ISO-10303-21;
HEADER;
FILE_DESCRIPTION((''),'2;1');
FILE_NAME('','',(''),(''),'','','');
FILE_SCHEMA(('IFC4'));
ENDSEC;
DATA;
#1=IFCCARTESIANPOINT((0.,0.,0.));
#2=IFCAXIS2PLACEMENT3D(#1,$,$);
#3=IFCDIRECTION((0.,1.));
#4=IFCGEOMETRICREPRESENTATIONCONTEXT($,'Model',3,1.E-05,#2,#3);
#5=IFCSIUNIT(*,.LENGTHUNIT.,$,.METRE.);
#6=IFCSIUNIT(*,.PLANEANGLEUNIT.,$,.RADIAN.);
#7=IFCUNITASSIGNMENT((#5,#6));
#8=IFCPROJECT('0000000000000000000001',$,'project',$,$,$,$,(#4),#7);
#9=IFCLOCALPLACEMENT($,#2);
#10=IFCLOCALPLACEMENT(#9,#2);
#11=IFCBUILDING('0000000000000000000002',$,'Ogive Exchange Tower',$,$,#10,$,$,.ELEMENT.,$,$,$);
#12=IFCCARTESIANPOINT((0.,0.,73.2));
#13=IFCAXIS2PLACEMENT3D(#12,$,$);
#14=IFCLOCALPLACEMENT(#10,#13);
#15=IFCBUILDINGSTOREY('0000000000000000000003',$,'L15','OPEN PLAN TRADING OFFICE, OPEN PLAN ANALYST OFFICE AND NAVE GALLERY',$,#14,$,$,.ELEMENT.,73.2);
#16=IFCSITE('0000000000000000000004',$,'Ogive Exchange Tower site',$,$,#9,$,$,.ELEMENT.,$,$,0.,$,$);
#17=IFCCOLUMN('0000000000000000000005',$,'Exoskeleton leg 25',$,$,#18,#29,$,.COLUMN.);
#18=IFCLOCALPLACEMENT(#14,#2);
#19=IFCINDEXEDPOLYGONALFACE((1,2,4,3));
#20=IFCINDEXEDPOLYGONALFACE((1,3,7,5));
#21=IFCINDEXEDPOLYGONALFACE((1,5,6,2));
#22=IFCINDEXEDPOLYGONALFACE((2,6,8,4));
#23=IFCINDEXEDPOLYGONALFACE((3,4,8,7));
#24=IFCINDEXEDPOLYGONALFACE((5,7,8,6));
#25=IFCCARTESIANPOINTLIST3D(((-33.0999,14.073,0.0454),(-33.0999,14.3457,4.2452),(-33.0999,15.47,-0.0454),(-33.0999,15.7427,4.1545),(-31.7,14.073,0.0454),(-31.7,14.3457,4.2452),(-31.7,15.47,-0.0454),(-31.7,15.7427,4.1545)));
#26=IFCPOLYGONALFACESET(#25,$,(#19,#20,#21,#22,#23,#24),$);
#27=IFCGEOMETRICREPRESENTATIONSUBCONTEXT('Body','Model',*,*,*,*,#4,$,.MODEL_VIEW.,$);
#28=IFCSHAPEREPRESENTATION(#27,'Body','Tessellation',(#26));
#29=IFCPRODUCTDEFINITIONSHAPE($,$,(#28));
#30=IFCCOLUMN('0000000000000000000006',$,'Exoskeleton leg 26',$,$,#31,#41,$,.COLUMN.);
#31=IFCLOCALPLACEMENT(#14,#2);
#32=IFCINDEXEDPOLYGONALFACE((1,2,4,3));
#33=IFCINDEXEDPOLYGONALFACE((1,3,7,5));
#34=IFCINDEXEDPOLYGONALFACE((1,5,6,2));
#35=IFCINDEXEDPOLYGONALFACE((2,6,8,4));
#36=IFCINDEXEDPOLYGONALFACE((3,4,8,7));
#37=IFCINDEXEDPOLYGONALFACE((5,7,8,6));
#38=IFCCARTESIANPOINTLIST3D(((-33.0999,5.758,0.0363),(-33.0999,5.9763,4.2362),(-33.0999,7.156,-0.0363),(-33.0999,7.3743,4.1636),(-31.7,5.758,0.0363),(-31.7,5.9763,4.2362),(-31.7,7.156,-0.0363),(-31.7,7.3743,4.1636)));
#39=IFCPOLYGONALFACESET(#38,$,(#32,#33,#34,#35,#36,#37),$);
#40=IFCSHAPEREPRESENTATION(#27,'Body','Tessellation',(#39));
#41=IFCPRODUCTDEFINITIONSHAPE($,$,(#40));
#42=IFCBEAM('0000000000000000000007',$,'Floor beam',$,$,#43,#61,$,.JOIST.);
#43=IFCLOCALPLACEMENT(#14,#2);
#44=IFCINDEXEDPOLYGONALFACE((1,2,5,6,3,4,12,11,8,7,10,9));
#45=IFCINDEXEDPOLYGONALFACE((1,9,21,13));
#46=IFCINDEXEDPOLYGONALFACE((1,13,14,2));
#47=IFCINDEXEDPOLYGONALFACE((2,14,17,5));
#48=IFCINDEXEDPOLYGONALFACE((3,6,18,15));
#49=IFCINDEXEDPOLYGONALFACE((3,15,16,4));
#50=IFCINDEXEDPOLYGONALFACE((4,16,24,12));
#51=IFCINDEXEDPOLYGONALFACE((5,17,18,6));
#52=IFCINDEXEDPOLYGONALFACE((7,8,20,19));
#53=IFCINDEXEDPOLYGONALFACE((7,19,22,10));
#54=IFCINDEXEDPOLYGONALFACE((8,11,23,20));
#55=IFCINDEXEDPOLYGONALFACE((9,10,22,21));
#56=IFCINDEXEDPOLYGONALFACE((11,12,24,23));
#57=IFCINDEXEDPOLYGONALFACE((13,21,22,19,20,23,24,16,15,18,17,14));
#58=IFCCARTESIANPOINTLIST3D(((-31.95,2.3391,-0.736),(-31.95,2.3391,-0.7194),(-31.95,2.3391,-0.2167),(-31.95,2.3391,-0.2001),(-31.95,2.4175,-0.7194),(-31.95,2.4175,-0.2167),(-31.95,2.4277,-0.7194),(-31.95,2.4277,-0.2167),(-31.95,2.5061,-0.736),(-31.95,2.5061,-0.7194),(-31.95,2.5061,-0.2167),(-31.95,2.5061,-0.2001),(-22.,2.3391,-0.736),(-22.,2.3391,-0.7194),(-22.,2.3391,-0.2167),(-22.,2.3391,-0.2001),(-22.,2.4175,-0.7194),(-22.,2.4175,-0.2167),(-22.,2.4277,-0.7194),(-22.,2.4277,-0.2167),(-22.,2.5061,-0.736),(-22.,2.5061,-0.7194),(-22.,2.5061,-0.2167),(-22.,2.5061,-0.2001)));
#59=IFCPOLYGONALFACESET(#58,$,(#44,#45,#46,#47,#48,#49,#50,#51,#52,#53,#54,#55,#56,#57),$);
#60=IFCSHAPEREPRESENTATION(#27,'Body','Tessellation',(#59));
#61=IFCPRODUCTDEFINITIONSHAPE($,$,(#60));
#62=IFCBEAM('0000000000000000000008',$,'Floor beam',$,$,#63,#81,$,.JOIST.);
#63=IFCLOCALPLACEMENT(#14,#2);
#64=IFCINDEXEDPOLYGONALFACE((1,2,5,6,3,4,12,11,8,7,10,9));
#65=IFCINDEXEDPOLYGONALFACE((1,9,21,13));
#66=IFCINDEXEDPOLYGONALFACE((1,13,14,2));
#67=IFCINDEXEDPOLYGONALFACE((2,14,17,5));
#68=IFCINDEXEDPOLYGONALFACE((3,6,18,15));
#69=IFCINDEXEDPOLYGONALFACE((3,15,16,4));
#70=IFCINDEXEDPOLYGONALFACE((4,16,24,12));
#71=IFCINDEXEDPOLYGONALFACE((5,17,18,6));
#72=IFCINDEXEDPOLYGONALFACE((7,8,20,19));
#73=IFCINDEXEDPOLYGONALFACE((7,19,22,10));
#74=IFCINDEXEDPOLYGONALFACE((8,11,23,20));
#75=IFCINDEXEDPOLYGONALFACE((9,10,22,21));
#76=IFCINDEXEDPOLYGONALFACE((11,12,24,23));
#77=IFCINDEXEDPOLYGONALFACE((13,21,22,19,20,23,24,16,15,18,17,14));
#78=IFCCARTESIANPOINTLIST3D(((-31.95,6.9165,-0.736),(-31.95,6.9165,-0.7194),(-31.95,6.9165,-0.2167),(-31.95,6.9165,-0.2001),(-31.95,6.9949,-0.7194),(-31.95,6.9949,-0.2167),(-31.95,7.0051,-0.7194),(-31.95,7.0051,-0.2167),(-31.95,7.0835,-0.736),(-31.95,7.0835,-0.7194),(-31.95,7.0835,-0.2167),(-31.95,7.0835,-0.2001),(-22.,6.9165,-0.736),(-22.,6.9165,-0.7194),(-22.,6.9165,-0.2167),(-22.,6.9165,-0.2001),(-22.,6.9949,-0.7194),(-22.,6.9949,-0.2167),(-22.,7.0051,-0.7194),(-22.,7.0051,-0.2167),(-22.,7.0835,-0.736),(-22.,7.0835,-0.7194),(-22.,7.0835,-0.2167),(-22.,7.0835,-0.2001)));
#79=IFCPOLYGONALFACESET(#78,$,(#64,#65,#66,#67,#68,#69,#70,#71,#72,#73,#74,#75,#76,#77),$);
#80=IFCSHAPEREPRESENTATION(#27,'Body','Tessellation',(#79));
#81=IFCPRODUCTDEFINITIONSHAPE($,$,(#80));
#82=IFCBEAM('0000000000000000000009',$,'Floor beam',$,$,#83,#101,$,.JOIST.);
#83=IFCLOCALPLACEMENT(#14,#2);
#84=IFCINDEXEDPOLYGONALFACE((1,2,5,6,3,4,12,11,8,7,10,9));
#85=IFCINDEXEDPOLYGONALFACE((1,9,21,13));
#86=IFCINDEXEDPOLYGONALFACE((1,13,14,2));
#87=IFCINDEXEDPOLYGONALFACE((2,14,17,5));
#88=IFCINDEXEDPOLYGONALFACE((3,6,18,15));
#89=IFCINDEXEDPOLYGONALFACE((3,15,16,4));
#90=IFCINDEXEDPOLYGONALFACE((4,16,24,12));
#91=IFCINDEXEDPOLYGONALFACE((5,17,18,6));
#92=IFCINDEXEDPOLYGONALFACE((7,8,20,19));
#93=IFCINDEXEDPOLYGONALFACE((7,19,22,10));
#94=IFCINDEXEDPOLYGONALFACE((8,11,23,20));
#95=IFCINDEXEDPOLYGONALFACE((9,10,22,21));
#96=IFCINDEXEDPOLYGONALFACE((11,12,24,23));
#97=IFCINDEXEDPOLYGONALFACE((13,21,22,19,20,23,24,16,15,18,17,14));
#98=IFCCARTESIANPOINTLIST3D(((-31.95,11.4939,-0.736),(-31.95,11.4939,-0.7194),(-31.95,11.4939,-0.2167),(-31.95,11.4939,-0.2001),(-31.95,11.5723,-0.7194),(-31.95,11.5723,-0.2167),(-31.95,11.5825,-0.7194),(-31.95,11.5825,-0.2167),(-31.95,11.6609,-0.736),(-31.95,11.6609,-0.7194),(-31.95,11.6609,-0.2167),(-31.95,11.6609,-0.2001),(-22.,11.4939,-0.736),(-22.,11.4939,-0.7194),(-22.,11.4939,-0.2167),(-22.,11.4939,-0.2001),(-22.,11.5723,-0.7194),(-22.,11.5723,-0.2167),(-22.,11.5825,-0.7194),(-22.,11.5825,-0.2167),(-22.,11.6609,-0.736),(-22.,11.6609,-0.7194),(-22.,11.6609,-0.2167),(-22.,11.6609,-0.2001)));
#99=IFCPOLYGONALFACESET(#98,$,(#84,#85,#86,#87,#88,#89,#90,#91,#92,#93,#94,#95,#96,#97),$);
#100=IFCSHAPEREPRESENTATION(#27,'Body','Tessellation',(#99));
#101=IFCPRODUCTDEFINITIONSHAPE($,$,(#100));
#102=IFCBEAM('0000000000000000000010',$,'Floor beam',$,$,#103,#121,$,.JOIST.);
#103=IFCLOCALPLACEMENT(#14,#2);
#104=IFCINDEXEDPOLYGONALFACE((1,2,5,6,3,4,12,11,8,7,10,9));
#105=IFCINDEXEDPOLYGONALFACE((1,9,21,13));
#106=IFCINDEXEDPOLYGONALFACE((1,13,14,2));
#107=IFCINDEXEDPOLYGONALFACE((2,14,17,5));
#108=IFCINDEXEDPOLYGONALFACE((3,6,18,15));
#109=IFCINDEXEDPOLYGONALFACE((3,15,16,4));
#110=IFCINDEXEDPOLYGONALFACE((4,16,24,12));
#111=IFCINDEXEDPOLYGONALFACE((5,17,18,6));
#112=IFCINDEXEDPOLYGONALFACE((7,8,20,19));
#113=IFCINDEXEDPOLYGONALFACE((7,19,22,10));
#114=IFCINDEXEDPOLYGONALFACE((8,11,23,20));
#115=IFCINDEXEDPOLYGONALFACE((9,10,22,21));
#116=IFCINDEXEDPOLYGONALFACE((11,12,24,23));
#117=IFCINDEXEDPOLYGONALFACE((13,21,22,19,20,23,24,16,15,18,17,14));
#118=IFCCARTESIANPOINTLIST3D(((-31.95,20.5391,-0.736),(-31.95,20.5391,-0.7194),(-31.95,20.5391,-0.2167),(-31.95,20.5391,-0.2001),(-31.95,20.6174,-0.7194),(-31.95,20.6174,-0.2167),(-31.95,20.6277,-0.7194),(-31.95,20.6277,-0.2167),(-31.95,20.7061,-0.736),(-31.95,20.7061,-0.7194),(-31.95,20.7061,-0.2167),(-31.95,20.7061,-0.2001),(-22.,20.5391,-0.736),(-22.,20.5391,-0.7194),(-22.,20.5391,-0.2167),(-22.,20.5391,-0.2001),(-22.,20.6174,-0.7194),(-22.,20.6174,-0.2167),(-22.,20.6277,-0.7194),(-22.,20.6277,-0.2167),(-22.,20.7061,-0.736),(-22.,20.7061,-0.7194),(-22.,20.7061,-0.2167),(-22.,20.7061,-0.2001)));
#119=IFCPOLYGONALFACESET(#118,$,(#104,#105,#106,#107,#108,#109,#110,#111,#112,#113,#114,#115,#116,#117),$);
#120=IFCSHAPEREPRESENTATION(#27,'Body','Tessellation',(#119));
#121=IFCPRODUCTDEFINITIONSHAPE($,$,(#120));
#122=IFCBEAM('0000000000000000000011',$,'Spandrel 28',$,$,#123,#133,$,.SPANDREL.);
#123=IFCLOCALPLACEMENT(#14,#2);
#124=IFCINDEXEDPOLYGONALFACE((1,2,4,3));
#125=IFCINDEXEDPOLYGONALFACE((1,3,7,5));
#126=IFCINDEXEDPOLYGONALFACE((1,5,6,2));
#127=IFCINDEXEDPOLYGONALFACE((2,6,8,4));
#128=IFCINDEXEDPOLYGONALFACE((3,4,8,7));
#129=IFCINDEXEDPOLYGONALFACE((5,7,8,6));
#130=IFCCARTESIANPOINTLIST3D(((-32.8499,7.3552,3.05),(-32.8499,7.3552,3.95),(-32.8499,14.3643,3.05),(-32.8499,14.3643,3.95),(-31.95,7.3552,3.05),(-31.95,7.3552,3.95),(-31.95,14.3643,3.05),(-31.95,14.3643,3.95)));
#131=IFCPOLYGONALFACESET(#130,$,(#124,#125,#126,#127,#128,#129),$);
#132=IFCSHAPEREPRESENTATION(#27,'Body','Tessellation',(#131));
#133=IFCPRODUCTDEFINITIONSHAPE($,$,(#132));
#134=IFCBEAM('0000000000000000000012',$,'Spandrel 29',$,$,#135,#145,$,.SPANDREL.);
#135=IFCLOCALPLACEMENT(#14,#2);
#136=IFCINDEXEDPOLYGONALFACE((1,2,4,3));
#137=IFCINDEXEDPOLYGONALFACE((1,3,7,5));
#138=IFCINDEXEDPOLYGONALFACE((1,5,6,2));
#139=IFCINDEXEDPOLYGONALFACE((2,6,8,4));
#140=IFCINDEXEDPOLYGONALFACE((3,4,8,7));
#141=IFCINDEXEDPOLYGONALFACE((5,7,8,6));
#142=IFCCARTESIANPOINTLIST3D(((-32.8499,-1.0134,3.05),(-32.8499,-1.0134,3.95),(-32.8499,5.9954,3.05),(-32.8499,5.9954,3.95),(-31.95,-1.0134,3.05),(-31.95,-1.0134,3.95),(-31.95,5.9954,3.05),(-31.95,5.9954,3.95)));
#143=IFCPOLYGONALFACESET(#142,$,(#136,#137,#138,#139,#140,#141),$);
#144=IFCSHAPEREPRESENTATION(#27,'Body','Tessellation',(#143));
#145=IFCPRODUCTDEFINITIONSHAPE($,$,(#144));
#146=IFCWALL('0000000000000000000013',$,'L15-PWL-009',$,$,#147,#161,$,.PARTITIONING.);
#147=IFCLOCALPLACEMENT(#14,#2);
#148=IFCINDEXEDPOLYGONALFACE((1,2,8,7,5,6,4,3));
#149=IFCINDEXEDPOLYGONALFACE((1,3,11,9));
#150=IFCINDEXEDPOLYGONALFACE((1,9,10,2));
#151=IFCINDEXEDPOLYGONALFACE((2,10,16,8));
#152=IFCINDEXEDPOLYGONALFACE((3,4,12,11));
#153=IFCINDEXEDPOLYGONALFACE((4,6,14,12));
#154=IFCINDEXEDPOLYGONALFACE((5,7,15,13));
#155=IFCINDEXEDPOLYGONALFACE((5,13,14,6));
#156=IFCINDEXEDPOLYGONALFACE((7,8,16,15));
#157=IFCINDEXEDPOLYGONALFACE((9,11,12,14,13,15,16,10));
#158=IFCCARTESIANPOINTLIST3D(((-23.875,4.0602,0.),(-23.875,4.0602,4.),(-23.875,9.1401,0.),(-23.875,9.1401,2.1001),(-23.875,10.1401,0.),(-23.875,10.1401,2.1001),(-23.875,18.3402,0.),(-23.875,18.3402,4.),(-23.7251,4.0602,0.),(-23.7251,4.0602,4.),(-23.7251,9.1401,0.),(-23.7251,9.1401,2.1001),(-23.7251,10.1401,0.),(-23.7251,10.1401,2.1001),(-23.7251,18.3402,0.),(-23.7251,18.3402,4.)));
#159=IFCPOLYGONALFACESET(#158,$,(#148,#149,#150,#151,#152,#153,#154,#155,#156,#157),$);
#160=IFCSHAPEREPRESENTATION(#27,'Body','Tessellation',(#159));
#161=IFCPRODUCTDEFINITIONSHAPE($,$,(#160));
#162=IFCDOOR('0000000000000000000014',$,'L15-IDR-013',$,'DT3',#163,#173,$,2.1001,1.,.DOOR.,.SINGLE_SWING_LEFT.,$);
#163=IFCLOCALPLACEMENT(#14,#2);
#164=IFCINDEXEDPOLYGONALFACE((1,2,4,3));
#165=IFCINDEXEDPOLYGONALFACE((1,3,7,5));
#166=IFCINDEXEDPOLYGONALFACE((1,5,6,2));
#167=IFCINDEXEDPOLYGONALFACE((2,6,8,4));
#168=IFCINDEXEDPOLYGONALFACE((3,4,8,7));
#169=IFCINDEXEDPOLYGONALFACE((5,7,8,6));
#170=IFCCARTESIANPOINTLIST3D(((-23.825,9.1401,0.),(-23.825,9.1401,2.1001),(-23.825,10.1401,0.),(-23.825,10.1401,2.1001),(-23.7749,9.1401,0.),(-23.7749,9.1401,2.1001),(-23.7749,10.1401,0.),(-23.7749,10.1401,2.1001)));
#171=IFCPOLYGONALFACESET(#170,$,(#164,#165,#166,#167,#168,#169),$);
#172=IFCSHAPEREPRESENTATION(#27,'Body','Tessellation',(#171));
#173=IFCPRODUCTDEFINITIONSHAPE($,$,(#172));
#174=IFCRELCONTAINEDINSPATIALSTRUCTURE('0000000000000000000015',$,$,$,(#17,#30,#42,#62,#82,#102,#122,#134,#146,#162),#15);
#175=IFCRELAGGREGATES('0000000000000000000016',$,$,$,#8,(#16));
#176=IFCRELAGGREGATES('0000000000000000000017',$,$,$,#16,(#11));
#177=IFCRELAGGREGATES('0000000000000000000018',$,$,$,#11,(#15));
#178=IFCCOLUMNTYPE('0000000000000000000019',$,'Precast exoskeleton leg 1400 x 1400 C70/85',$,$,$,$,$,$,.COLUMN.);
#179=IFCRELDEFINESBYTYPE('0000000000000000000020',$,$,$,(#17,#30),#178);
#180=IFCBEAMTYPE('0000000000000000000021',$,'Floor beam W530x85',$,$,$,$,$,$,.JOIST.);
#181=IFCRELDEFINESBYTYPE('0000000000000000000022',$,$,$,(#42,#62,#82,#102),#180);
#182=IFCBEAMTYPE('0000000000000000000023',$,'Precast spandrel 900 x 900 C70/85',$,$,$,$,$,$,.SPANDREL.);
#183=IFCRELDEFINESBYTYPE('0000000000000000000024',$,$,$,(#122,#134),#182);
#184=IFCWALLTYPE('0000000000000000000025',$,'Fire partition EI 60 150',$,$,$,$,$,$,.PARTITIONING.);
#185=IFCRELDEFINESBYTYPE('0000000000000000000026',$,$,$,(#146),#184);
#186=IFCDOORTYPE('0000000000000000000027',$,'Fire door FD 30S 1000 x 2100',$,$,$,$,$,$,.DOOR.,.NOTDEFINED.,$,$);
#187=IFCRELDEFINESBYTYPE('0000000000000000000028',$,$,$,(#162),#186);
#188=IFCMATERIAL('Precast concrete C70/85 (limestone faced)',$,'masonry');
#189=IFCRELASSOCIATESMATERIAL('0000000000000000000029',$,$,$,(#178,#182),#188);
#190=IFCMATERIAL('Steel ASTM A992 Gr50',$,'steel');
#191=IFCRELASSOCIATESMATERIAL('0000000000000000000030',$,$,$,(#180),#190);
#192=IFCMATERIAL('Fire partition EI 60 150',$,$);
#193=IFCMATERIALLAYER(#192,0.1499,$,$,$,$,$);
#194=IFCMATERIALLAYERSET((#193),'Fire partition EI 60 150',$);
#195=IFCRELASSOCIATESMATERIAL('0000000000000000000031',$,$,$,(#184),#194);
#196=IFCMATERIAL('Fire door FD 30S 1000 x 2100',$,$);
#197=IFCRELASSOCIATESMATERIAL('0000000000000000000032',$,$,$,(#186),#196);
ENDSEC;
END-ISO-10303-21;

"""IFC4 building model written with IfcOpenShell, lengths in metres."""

from ifc_helpers import new_model, si_unit, direction, frame, frame_2d, origin, origin_2d, place, context, subcontext, project, spatial, rectangle, i_section, extrude, material, layer, layer_set, material_profile, profile_set, type_object, element, fill, save


model = new_model("IFC4")

# Units and contexts
model_context = context("Model", 3, precision=1e-05, world=origin(), true_north=direction((0.0, 1.0)))
body_context = subcontext(model_context, "Body", "Model", "MODEL_VIEW")
ifc_project = project(units=[si_unit("LENGTHUNIT", "METRE"), si_unit("PLANEANGLEUNIT", "RADIAN")], contexts=[model_context])

# Site, building, storey
site_placement = place(None, origin())
site = spatial("IfcSite", under=ifc_project, at=site_placement, Name="Ogive Exchange Tower site", CompositionType="ELEMENT", RefElevation=0.0)
building_placement = place(site_placement, origin())
building = spatial("IfcBuilding", under=site, at=building_placement, Name="Ogive Exchange Tower", CompositionType="ELEMENT")
storey_placement = place(building_placement, frame((0.0, 0.0, 73.2)))
storey = spatial("IfcBuildingStorey", under=building, at=storey_placement, Name="L15", Description="OPEN PLAN TRADING OFFICE, OPEN PLAN ANALYST OFFICE AND NAVE GALLERY", CompositionType="ELEMENT", Elevation=73.2)

# Columns
ifc_material_1 = material(Name="Precast concrete C70/85 (limestone faced)", Category="masonry")
ifc_material_profile_1 = material_profile(ifc_material_1, rectangle(XDim=1.3999, YDim=1.3999, at=origin_2d()), Name="1400 x 1400")
ifc_profile_set_1 = profile_set([ifc_material_profile_1], Name="Precast concrete C70/85 (limestone faced)")
column_type = type_object("IfcColumnType", Name="Precast exoskeleton leg 1400 x 1400 C70/85", PredefinedType="COLUMN", material=ifc_profile_set_1)
column_1_placement = place(storey_placement, frame((-32.3999, 14.7715, 0.0), z_axis=(0.0, 0.064794, 0.997899), x_axis=(-1.0, 0.0, 0.0)))
element("IfcColumn", 1, at=column_1_placement, inside=storey, type_object=column_type, Name="Exoskeleton leg 25", PredefinedType="COLUMN", context=body_context, shape_type="SweptSolid", body=[
    extrude(rectangle(XDim=1.3999, YDim=1.3999, at=origin_2d()), origin(), (0.0, 0.0, 1.0), 4.2087),
])
column_2_placement = place(storey_placement, frame((-32.3999, 6.457, 0.0), z_axis=(0.0, 0.051898, 0.998652), x_axis=(-1.0, 0.0, 0.0)))
element("IfcColumn", 2, at=column_2_placement, inside=storey, type_object=column_type, Name="Exoskeleton leg 26", PredefinedType="COLUMN", context=body_context, shape_type="SweptSolid", body=[
    extrude(rectangle(XDim=1.3999, YDim=1.3999, at=origin_2d()), origin(), (0.0, 0.0, 1.0), 4.2056),
])

# Beams
ifc_material_2 = material(Name="Steel ASTM A992 Gr50", Category="steel")
ifc_material_profile_2 = material_profile(ifc_material_2, i_section(OverallWidth=0.167, OverallDepth=0.5359, WebThickness=0.0103, FlangeThickness=0.0166, at=origin_2d()), Name="W530x85")
ifc_profile_set_2 = profile_set([ifc_material_profile_2], Name="Steel ASTM A992 Gr50")
beam_type_1 = type_object("IfcBeamType", Name="Floor beam W530x85", PredefinedType="JOIST", material=ifc_profile_set_2)
for number, where, z_axis, x_axis, name in (
    (3, (-31.95, 2.4226, -0.468), (1.0, 0.0, 0.0), (0.0, 1.0, 0.0), "Floor beam"),
    (4, (-31.95, 7.0, -0.468), (1.0, 0.0, 0.0), (0.0, 1.0, 0.0), "Floor beam"),
    (5, (-31.95, 11.5774, -0.468), (1.0, 0.0, 0.0), (0.0, 1.0, 0.0), "Floor beam"),
    (6, (-31.95, 20.6226, -0.468), (1.0, 0.0, 0.0), (0.0, 1.0, 0.0), "Floor beam"),
):
    element("IfcBeam", number, at=place(storey_placement, frame(where, z_axis=z_axis, x_axis=x_axis)), inside=storey, type_object=beam_type_1, Name=name, PredefinedType="JOIST", context=body_context, shape_type="SweptSolid", body=[
        extrude(i_section(OverallWidth=0.167, OverallDepth=0.5359, WebThickness=0.0103, FlangeThickness=0.0166, at=origin_2d()), origin(), (0.0, 0.0, 1.0), 9.95),
    ])
ifc_material_profile_3 = material_profile(ifc_material_1, rectangle(XDim=0.8999, YDim=0.8999, at=origin_2d()), Name="900 x 900")
ifc_profile_set_3 = profile_set([ifc_material_profile_3], Name="Precast concrete C70/85 (limestone faced)")
beam_type_2 = type_object("IfcBeamType", Name="Precast spandrel 900 x 900 C70/85", PredefinedType="SPANDREL", material=ifc_profile_set_3)
beam_1_placement = place(storey_placement, frame((-32.3999, 14.3643, 3.5), z_axis=(0.0, -1.0, 0.0), x_axis=(1.0, 0.0, 0.0)))
element("IfcBeam", 7, at=beam_1_placement, inside=storey, type_object=beam_type_2, Name="Spandrel 28", PredefinedType="SPANDREL", context=body_context, shape_type="SweptSolid", body=[
    extrude(rectangle(XDim=0.8999, YDim=0.8999, at=origin_2d()), origin(), (0.0, 0.0, 1.0), 7.009),
])
beam_2_placement = place(storey_placement, frame((-32.3999, 5.9954, 3.5), z_axis=(0.0, -1.0, 0.0), x_axis=(1.0, 0.0, 0.0)))
element("IfcBeam", 8, at=beam_2_placement, inside=storey, type_object=beam_type_2, Name="Spandrel 29", PredefinedType="SPANDREL", context=body_context, shape_type="SweptSolid", body=[
    extrude(rectangle(XDim=0.8999, YDim=0.8999, at=origin_2d()), origin(), (0.0, 0.0, 1.0), 7.0088),
])

# Wall, opening, door
ifc_material_3 = material(Name="Fire partition EI 60 150")
ifc_layer_1 = layer(ifc_material_3, 0.1499)
ifc_layer_set_1 = layer_set([ifc_layer_1], Name="Fire partition EI 60 150")
wall_type_1 = type_object("IfcWallType", Name="Fire partition EI 60 150", PredefinedType="PARTITIONING", material=ifc_layer_set_1)
wall_1_placement = place(storey_placement, frame((-23.8, 4.0601, 0.0), z_axis=(0.0, 0.0, 1.0), x_axis=(0.0, 1.0, 0.0)))
wall_1 = element("IfcWall", 9, at=wall_1_placement, inside=storey, type_object=wall_type_1, Name="L15-PWL-009", PredefinedType="PARTITIONING", context=body_context, shape_type="SweptSolid", body=[
    extrude(rectangle(XDim=14.28, YDim=0.1499, at=frame_2d((7.1401, 0.0))), origin(), (0.0, 0.0, 1.0), 4.0),
])
opening_1_placement = place(wall_1_placement, frame((5.0801, 0.0, 0.0)))
opening_1 = element("IfcOpeningElement", 10, at=opening_1_placement, cuts=wall_1, PredefinedType="OPENING", context=body_context, shape_type="SweptSolid", body=[
    extrude(rectangle(XDim=1.0, YDim=2.1001, at=frame_2d((0.5, 1.05))), frame((0.0, 0.085, 0.0), z_axis=(0.0, -1.0, 0.0), x_axis=(1.0, 0.0, 0.0)), (0.0, 0.0, 1.0), 0.1699),
])
ifc_material_4 = material(Name="Fire door FD 30S 1000 x 2100")
door_type = type_object("IfcDoorType", Name="Fire door FD 30S 1000 x 2100", OperationType="NOTDEFINED", PredefinedType="DOOR", material=ifc_material_4)
door_1_placement = place(opening_1_placement, origin())
door_1 = element("IfcDoor", 11, at=door_1_placement, inside=storey, type_object=door_type, Name="L15-IDR-013", ObjectType="DT3", OperationType="SINGLE_SWING_LEFT", OverallHeight=2.1001, OverallWidth=1.0, PredefinedType="DOOR", context=body_context, shape_type="SweptSolid", body=[
    extrude(rectangle(XDim=1.0, YDim=2.1001, at=frame_2d((0.5, 1.05))), frame((0.0, 0.0249, 0.0), z_axis=(0.0, -1.0, 0.0), x_axis=(1.0, 0.0, 0.0)), (0.0, 0.0, 1.0), 0.05),
])
fill(opening_1, door_1)

save(model, "model.ifc")
